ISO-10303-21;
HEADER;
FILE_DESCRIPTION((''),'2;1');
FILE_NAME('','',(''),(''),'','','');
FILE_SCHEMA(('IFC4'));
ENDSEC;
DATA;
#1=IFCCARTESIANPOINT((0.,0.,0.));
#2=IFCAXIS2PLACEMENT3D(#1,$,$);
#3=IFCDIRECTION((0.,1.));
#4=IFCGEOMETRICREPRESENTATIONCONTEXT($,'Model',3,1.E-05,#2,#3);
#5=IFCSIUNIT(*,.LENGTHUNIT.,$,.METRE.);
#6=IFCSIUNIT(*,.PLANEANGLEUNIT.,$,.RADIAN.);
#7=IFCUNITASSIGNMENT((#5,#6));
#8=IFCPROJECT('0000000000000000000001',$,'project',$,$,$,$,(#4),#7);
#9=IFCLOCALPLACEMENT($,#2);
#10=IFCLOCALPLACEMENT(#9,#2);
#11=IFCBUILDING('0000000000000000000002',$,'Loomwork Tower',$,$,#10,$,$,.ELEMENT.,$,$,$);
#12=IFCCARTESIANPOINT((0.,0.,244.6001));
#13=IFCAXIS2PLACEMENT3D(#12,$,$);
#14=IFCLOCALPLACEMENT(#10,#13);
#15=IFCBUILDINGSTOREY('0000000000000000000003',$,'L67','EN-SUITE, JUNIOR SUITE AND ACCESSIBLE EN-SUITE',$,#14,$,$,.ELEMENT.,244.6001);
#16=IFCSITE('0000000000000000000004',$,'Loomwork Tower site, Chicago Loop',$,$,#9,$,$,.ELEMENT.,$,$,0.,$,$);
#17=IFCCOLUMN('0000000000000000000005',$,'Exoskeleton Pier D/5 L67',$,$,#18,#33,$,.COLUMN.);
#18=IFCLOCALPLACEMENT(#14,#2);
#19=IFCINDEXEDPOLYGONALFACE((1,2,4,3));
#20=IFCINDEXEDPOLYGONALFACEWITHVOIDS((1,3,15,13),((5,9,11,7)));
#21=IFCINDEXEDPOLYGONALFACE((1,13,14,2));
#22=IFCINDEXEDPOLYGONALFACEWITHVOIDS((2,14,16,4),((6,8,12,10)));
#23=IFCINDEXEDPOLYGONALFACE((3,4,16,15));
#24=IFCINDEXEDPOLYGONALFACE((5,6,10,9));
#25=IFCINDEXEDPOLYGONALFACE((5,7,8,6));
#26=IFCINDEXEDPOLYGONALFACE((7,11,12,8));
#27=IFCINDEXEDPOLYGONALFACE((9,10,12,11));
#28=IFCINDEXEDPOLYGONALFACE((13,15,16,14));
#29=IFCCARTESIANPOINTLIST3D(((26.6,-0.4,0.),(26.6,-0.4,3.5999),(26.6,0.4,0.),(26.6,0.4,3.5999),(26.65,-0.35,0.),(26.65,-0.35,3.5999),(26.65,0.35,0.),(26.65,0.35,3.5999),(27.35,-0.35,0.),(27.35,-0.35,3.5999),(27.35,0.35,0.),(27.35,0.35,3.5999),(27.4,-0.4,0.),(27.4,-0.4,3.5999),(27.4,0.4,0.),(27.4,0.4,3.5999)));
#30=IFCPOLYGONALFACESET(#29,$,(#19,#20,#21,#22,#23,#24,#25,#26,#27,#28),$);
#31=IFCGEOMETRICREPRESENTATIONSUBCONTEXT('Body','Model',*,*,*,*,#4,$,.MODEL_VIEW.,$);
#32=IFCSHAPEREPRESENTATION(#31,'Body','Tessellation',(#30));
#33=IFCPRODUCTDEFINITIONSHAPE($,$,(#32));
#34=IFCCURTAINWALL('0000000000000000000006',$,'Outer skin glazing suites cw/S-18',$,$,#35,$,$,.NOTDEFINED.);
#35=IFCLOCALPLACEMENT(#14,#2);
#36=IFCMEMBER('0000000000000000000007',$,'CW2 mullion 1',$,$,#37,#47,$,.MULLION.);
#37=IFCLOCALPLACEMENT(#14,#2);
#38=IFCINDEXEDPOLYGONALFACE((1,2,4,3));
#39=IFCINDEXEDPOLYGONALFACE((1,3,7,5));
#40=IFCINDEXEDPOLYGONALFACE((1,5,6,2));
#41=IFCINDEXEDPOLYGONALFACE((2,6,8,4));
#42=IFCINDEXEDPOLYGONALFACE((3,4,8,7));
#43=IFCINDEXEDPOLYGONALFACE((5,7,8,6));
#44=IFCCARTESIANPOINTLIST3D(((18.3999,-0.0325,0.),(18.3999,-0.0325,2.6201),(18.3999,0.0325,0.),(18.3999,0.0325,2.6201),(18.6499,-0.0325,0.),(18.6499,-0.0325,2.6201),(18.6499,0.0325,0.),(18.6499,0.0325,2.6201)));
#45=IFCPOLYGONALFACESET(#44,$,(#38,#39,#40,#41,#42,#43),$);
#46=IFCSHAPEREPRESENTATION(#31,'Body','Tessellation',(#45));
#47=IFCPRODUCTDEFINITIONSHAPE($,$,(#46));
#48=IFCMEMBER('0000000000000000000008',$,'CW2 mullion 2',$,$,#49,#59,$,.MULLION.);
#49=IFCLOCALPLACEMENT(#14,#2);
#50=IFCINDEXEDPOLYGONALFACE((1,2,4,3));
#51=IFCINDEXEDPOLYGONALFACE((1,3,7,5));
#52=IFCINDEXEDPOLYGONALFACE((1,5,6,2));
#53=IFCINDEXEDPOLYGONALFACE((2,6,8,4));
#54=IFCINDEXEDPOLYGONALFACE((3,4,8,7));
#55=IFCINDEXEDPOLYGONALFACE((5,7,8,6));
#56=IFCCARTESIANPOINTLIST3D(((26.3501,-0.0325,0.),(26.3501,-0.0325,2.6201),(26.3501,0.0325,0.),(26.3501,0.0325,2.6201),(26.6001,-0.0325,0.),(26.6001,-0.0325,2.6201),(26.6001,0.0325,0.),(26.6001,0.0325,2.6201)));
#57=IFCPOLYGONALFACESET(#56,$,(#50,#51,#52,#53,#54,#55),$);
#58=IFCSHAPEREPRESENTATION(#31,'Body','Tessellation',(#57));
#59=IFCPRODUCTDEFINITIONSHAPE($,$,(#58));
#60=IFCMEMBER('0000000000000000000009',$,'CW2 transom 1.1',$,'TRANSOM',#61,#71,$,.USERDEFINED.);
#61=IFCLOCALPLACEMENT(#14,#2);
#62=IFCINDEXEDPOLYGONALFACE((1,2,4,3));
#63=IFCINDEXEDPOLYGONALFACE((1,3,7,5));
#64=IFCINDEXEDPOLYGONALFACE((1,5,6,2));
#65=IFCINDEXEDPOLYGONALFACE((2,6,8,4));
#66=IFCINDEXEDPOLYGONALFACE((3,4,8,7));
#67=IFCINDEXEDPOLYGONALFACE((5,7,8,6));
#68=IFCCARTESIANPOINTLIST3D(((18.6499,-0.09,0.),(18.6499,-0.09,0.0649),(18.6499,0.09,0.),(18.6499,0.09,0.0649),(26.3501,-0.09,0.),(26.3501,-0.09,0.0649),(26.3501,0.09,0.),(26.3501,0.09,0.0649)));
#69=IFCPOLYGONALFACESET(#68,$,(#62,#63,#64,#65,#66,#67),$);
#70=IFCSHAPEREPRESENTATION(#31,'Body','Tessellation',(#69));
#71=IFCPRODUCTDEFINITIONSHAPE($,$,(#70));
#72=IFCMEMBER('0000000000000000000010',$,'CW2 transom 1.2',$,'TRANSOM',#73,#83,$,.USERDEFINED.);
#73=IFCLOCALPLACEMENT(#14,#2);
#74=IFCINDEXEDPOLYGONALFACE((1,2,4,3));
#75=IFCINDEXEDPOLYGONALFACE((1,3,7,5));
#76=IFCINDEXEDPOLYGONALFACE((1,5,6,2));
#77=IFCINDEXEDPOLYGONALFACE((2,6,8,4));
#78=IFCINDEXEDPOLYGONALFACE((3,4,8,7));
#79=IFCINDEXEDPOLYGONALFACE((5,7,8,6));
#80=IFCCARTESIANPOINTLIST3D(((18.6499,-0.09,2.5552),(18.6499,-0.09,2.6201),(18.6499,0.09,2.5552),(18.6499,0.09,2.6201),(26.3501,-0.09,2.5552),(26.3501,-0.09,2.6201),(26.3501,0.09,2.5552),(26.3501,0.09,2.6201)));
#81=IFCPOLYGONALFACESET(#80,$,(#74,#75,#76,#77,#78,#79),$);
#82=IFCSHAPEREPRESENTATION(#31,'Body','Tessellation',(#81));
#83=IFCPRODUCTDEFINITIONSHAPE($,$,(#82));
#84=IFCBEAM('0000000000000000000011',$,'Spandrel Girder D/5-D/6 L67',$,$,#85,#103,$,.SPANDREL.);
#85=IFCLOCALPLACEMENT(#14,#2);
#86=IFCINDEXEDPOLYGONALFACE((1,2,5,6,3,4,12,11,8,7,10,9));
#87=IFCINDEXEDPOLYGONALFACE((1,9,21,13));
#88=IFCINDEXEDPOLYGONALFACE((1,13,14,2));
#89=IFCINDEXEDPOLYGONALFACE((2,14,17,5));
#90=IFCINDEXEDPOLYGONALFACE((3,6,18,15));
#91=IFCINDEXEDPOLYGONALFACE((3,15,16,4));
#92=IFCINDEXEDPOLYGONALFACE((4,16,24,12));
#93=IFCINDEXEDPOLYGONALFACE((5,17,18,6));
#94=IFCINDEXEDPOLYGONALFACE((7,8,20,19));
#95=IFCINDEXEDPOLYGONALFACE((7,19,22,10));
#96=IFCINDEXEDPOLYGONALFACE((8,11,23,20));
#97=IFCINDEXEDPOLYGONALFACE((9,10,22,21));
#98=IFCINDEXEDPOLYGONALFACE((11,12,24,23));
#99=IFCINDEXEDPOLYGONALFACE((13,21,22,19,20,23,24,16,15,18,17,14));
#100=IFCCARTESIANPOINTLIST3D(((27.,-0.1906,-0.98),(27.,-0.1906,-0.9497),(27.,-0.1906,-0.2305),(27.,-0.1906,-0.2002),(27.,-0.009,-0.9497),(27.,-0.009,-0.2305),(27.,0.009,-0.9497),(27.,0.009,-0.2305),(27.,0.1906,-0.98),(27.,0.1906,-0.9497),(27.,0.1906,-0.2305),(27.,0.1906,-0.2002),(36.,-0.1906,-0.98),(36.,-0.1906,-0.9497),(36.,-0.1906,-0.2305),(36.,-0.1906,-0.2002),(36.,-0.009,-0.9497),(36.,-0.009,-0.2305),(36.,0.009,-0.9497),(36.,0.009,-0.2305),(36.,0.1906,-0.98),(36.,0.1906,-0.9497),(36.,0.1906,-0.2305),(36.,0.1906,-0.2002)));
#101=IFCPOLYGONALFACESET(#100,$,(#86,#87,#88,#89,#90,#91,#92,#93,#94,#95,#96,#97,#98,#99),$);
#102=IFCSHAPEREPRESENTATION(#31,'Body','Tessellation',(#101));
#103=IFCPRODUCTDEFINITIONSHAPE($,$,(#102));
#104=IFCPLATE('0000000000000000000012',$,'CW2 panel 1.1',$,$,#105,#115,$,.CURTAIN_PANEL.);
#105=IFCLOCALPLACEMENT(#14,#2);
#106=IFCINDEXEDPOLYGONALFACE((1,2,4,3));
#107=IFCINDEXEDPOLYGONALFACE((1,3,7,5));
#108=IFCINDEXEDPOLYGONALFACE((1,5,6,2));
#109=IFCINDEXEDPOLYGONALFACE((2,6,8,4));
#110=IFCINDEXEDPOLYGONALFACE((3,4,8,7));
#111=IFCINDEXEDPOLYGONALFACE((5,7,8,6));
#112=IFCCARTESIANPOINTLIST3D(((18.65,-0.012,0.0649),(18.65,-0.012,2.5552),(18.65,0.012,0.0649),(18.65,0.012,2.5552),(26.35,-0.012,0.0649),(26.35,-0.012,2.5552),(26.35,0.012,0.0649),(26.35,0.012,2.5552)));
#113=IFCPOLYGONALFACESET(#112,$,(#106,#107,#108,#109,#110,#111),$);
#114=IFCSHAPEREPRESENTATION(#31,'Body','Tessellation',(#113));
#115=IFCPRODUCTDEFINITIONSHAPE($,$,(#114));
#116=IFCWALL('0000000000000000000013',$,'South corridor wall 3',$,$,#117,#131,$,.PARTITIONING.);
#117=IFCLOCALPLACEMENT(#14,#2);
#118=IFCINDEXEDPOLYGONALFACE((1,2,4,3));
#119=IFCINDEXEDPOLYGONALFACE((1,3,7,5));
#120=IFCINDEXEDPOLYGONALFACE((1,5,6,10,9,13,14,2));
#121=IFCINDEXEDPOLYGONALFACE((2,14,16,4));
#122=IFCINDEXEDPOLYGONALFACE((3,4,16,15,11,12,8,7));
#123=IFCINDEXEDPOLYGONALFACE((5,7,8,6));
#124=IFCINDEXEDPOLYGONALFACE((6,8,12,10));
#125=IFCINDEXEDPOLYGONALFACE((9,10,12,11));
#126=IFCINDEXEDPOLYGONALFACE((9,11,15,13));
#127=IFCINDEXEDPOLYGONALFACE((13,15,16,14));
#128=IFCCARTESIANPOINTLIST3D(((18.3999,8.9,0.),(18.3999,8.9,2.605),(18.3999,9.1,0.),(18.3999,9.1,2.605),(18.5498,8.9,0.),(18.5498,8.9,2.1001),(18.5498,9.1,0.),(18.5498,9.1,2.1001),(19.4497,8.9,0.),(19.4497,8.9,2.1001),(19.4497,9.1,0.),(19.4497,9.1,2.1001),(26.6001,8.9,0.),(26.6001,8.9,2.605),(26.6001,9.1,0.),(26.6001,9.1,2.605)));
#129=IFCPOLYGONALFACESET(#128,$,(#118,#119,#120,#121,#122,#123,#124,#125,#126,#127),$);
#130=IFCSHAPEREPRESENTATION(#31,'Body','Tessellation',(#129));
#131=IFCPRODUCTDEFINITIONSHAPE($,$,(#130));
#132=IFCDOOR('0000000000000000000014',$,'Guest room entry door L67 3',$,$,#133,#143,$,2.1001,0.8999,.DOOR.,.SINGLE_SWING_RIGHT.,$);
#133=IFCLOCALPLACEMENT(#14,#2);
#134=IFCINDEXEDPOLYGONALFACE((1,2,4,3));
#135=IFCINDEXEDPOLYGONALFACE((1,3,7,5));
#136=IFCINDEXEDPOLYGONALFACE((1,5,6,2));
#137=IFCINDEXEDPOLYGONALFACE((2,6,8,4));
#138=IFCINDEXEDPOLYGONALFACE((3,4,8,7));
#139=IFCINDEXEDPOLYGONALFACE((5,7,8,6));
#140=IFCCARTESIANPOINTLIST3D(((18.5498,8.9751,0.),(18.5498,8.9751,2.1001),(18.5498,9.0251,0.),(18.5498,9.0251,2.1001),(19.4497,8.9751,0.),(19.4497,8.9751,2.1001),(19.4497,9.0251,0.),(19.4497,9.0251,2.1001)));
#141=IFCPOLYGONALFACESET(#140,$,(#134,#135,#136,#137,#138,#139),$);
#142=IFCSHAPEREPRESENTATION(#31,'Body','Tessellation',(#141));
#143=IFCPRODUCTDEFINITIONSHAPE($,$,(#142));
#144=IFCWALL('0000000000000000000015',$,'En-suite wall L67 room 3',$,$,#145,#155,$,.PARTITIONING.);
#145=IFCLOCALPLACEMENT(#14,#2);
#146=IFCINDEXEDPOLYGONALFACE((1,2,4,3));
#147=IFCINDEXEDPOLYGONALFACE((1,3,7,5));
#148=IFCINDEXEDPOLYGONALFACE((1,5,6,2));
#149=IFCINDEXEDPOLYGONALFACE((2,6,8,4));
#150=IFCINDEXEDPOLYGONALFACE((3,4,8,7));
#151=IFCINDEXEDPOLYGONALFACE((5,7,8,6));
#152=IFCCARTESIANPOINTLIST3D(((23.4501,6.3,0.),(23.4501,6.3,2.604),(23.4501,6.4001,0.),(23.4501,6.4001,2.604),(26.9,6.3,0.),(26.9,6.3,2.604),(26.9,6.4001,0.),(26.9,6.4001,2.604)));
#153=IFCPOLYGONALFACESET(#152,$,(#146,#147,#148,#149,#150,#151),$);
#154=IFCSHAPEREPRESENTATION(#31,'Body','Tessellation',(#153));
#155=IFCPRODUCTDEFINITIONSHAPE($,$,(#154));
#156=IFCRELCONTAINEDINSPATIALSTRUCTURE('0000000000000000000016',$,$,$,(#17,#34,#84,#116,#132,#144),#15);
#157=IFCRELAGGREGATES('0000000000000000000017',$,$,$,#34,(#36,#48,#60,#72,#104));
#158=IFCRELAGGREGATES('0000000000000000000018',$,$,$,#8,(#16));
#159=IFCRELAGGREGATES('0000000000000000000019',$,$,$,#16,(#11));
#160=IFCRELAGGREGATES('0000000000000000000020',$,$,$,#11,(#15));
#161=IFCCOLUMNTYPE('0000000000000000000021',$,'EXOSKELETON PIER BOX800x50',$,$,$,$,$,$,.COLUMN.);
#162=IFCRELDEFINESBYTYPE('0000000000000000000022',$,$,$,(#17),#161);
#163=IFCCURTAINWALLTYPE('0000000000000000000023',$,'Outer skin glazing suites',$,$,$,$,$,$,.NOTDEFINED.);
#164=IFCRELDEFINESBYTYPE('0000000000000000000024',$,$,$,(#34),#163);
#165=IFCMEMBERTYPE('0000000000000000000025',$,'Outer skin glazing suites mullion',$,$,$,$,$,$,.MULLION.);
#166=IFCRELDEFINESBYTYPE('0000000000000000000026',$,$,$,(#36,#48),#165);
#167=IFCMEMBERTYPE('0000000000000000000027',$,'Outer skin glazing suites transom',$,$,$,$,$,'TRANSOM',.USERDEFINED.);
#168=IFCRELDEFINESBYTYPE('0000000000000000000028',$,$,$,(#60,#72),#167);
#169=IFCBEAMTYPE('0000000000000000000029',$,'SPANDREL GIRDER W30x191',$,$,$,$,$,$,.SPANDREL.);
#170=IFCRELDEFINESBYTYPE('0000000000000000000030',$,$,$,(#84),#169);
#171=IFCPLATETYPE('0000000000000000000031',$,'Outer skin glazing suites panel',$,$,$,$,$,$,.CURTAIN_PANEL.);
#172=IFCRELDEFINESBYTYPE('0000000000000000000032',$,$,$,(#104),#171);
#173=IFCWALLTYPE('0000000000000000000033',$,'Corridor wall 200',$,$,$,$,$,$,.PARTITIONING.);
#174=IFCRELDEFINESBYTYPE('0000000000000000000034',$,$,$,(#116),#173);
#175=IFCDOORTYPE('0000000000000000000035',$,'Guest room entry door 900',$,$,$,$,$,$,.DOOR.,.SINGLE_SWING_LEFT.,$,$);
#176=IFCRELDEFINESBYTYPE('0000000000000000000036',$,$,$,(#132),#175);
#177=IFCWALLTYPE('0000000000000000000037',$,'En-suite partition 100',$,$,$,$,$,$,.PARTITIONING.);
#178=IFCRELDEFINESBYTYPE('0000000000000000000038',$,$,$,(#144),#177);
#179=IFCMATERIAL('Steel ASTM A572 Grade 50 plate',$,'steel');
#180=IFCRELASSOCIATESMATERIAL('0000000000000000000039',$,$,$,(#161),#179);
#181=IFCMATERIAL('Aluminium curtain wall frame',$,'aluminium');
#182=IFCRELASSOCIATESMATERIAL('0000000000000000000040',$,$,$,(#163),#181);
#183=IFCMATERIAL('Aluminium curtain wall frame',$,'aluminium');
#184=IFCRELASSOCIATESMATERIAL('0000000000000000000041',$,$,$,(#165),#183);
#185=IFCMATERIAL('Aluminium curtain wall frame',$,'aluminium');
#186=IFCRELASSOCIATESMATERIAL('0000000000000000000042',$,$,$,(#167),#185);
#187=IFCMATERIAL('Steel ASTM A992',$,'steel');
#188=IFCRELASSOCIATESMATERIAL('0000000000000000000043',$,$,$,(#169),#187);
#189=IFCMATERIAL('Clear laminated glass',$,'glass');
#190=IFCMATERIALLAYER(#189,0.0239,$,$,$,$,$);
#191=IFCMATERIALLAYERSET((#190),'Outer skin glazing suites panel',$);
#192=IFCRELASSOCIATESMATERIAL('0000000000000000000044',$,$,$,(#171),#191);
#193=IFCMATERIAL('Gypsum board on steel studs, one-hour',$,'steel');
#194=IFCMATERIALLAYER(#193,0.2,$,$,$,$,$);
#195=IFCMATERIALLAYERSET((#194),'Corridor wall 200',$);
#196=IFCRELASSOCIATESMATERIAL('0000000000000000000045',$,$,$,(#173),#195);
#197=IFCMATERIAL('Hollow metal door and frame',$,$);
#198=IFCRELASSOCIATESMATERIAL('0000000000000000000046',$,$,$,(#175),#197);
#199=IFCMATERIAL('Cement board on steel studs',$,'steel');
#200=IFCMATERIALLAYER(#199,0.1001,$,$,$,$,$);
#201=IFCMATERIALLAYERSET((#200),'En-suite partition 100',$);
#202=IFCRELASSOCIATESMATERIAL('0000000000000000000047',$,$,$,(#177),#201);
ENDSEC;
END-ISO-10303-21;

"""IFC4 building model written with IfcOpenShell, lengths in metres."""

from ifc_helpers import new_model, si_unit, direction, frame, frame_2d, origin, origin_2d, place, context, subcontext, project, spatial, rectangle, hollow_rectangle, i_section, extrude, material, layer, layer_set, material_profile, profile_set, type_object, element, fill, aggregate, save


model = new_model("IFC4")

# Units and contexts
model_context = context("Model", 3, precision=1e-05, world=origin(), true_north=direction((0.0, 1.0)))
body_context = subcontext(model_context, "Body", "Model", "MODEL_VIEW")
ifc_project = project(units=[si_unit("LENGTHUNIT", "METRE"), si_unit("PLANEANGLEUNIT", "RADIAN")], contexts=[model_context])

# Site, building, storey
site_placement = place(None, origin())
site = spatial("IfcSite", under=ifc_project, at=site_placement, Name="Loomwork Tower site, Chicago Loop", CompositionType="ELEMENT", RefElevation=0.0)
building_placement = place(site_placement, origin())
building = spatial("IfcBuilding", under=site, at=building_placement, Name="Loomwork Tower", CompositionType="ELEMENT")
storey_placement = place(building_placement, frame((0.0, 0.0, 244.6001)))
storey = spatial("IfcBuildingStorey", under=building, at=storey_placement, Name="L67", Description="EN-SUITE, JUNIOR SUITE AND ACCESSIBLE EN-SUITE", CompositionType="ELEMENT", Elevation=244.6001)

# Column
ifc_material_1 = material(Name="Steel ASTM A572 Grade 50 plate", Category="steel")
ifc_material_profile_1 = material_profile(ifc_material_1, hollow_rectangle(XDim=0.8, YDim=0.8, WallThickness=0.05, at=origin_2d()), Name="BOX800x50")
ifc_profile_set_1 = profile_set([ifc_material_profile_1], Name="Steel ASTM A572 Grade 50 plate")
column_type = type_object("IfcColumnType", Name="EXOSKELETON PIER BOX800x50", PredefinedType="COLUMN", material=ifc_profile_set_1)
column_placement = place(storey_placement, frame((27.0, 0.0, 0.0), z_axis=(0.0, 0.0, 1.0), x_axis=(1.0, 0.0, 0.0)))
element("IfcColumn", 1, at=column_placement, inside=storey, type_object=column_type, Name="Exoskeleton Pier D/5 L67", PredefinedType="COLUMN", context=body_context, shape_type="SweptSolid", body=[
    extrude(hollow_rectangle(XDim=0.8, YDim=0.8, WallThickness=0.05, at=origin_2d()), origin(), (0.0, 0.0, 1.0), 3.5999),
])

# Curtain wall, members
ifc_material_2 = material(Name="Aluminium curtain wall frame", Category="aluminium")
curtain_wall_type = type_object("IfcCurtainWallType", Name="Outer skin glazing suites", PredefinedType="NOTDEFINED", material=ifc_material_2)
curtain_wall_placement = place(storey_placement, origin())
curtain_wall = element("IfcCurtainWall", 2, at=curtain_wall_placement, inside=storey, type_object=curtain_wall_type, Name="Outer skin glazing suites cw/S-18", PredefinedType="NOTDEFINED")
ifc_material_3 = material(Name="Aluminium curtain wall frame", Category="aluminium")
ifc_material_profile_2 = material_profile(ifc_material_3, rectangle(XDim=0.0649, YDim=0.25, at=origin_2d()), Name="AL 65x250")
ifc_profile_set_2 = profile_set([ifc_material_profile_2], Name="Aluminium curtain wall frame")
member_type_1 = type_object("IfcMemberType", Name="Outer skin glazing suites mullion", PredefinedType="MULLION", material=ifc_profile_set_2)
member_1_placement = place(storey_placement, frame((18.5249, 0.0, 0.0), z_axis=(0.0, 0.0, 1.0), x_axis=(0.0, 1.0, 0.0)))
member_1 = element("IfcMember", 3, at=member_1_placement, type_object=member_type_1, Name="CW2 mullion 1", PredefinedType="MULLION", context=body_context, shape_type="SweptSolid", body=[
    extrude(rectangle(XDim=0.0649, YDim=0.25, at=origin_2d()), origin(), (0.0, 0.0, 1.0), 2.6201),
])
member_2_placement = place(storey_placement, frame((26.4751, 0.0, 0.0), z_axis=(0.0, 0.0, 1.0), x_axis=(0.0, 1.0, 0.0)))
member_2 = element("IfcMember", 4, at=member_2_placement, type_object=member_type_1, Name="CW2 mullion 2", PredefinedType="MULLION", context=body_context, shape_type="SweptSolid", body=[
    extrude(rectangle(XDim=0.0649, YDim=0.25, at=origin_2d()), origin(), (0.0, 0.0, 1.0), 2.6201),
])
ifc_material_4 = material(Name="Aluminium curtain wall frame", Category="aluminium")
ifc_material_profile_3 = material_profile(ifc_material_4, rectangle(XDim=0.1799, YDim=0.0649, at=origin_2d()), Name="AL 65x180")
ifc_profile_set_3 = profile_set([ifc_material_profile_3], Name="Aluminium curtain wall frame")
member_type_2 = type_object("IfcMemberType", Name="Outer skin glazing suites transom", ElementType="TRANSOM", PredefinedType="USERDEFINED", material=ifc_profile_set_3)
member_3_placement = place(storey_placement, frame((18.6499, 0.0, 0.0325), z_axis=(1.0, 0.0, 0.0), x_axis=(0.0, 1.0, 0.0)))
member_3 = element("IfcMember", 5, at=member_3_placement, type_object=member_type_2, Name="CW2 transom 1.1", ObjectType="TRANSOM", PredefinedType="USERDEFINED", context=body_context, shape_type="SweptSolid", body=[
    extrude(rectangle(XDim=0.1799, YDim=0.0649, at=origin_2d()), origin(), (0.0, 0.0, 1.0), 7.7002),
])
member_4_placement = place(storey_placement, frame((18.6499, 0.0, 2.5876), z_axis=(1.0, 0.0, 0.0), x_axis=(0.0, 1.0, 0.0)))
member_4 = element("IfcMember", 6, at=member_4_placement, type_object=member_type_2, Name="CW2 transom 1.2", ObjectType="TRANSOM", PredefinedType="USERDEFINED", context=body_context, shape_type="SweptSolid", body=[
    extrude(rectangle(XDim=0.1799, YDim=0.0649, at=origin_2d()), origin(), (0.0, 0.0, 1.0), 7.7002),
])

# Beam
ifc_material_5 = material(Name="Steel ASTM A992", Category="steel")
ifc_material_profile_4 = material_profile(ifc_material_5, i_section(OverallWidth=0.3811, OverallDepth=0.7798, WebThickness=0.0181, FlangeThickness=0.0303, at=origin_2d()), Name="W30x191")
ifc_profile_set_4 = profile_set([ifc_material_profile_4], Name="Steel ASTM A992")
beam_type = type_object("IfcBeamType", Name="SPANDREL GIRDER W30x191", PredefinedType="SPANDREL", material=ifc_profile_set_4)
beam_placement = place(storey_placement, frame((27.0, 0.0, -0.5901), z_axis=(1.0, 0.0, 0.0), x_axis=(0.0, 1.0, 0.0)))
element("IfcBeam", 7, at=beam_placement, inside=storey, type_object=beam_type, Name="Spandrel Girder D/5-D/6 L67", PredefinedType="SPANDREL", context=body_context, shape_type="SweptSolid", body=[
    extrude(i_section(OverallWidth=0.3811, OverallDepth=0.7798, WebThickness=0.0181, FlangeThickness=0.0303, at=origin_2d()), origin(), (0.0, 0.0, 1.0), 9.0),
])

# Plate
ifc_material_6 = material(Name="Clear laminated glass", Category="glass")
ifc_layer_1 = layer(ifc_material_6, 0.0239)
ifc_layer_set_1 = layer_set([ifc_layer_1], Name="Outer skin glazing suites panel")
plate_type = type_object("IfcPlateType", Name="Outer skin glazing suites panel", PredefinedType="CURTAIN_PANEL", material=ifc_layer_set_1)
plate_placement = place(storey_placement, frame((22.5, 0.0, 0.0649), z_axis=(0.0, 0.0, 1.0), x_axis=(1.0, 0.0, 0.0)))
plate = element("IfcPlate", 8, at=plate_placement, type_object=plate_type, Name="CW2 panel 1.1", PredefinedType="CURTAIN_PANEL", context=body_context, shape_type="SweptSolid", body=[
    extrude(rectangle(XDim=7.7, YDim=0.0239, at=origin_2d()), origin(), (0.0, 0.0, 1.0), 2.4902),
])
aggregate(curtain_wall, [member_1, member_2, member_3, member_4, plate])

# Wall, opening, door
ifc_material_7 = material(Name="Gypsum board on steel studs, one-hour", Category="steel")
ifc_layer_2 = layer(ifc_material_7, 0.2)
ifc_layer_set_2 = layer_set([ifc_layer_2], Name="Corridor wall 200")
wall_type_1 = type_object("IfcWallType", Name="Corridor wall 200", PredefinedType="PARTITIONING", material=ifc_layer_set_2)
wall_1_placement = place(storey_placement, frame((18.3999, 9.0, 0.0), z_axis=(0.0, 0.0, 1.0), x_axis=(1.0, 0.0, 0.0)))
wall_1 = element("IfcWall", 9, at=wall_1_placement, inside=storey, type_object=wall_type_1, Name="South corridor wall 3", PredefinedType="PARTITIONING", context=body_context, shape_type="SweptSolid", body=[
    extrude(rectangle(XDim=8.2002, YDim=0.2, at=frame_2d((4.1001, 0.0))), origin(), (0.0, 0.0, 1.0), 2.605),
])
opening_1_placement = place(wall_1_placement, frame((0.1499, 0.0, 0.0)))
opening_1 = element("IfcOpeningElement", 10, at=opening_1_placement, cuts=wall_1, PredefinedType="OPENING", context=body_context, shape_type="SweptSolid", body=[
    extrude(rectangle(XDim=0.8999, YDim=2.1001, at=frame_2d((0.45, 1.05))), frame((0.0, 0.1099, 0.0), z_axis=(0.0, -1.0, 0.0), x_axis=(1.0, 0.0, 0.0)), (0.0, 0.0, 1.0), 0.22),
])
ifc_material_8 = material(Name="Hollow metal door and frame")
door_type_1 = type_object("IfcDoorType", Name="Guest room entry door 900", OperationType="SINGLE_SWING_LEFT", PredefinedType="DOOR", material=ifc_material_8)
door_1_placement = place(opening_1_placement, frame((0.8999, 0.0, 0.0), z_axis=(0.0, 0.0, 1.0), x_axis=(-1.0, 0.0, 0.0)))
door_1 = element("IfcDoor", 11, at=door_1_placement, inside=storey, type_object=door_type_1, Name="Guest room entry door L67 3", OperationType="SINGLE_SWING_RIGHT", OverallHeight=2.1001, OverallWidth=0.8999, PredefinedType="DOOR", context=body_context, shape_type="SweptSolid", body=[
    extrude(rectangle(XDim=0.8999, YDim=2.1001, at=frame_2d((0.45, 1.05))), frame((0.0, 0.0249, 0.0), z_axis=(0.0, -1.0, 0.0), x_axis=(1.0, 0.0, 0.0)), (0.0, 0.0, 1.0), 0.05),
])
fill(opening_1, door_1)

# Wall
ifc_material_9 = material(Name="Cement board on steel studs", Category="steel")
ifc_layer_3 = layer(ifc_material_9, 0.1001)
ifc_layer_set_3 = layer_set([ifc_layer_3], Name="En-suite partition 100")
wall_type_2 = type_object("IfcWallType", Name="En-suite partition 100", PredefinedType="PARTITIONING", material=ifc_layer_set_3)
wall_2_placement = place(storey_placement, frame((23.45, 6.3501, 0.0), z_axis=(0.0, 0.0, 1.0), x_axis=(1.0, 0.0, 0.0)))
element("IfcWall", 12, at=wall_2_placement, inside=storey, type_object=wall_type_2, Name="En-suite wall L67 room 3", PredefinedType="PARTITIONING", context=body_context, shape_type="SweptSolid", body=[
    extrude(rectangle(XDim=3.45, YDim=0.1001, at=frame_2d((1.7251, 0.0))), origin(), (0.0, 0.0, 1.0), 2.604),
])

save(model, "model.ifc")
